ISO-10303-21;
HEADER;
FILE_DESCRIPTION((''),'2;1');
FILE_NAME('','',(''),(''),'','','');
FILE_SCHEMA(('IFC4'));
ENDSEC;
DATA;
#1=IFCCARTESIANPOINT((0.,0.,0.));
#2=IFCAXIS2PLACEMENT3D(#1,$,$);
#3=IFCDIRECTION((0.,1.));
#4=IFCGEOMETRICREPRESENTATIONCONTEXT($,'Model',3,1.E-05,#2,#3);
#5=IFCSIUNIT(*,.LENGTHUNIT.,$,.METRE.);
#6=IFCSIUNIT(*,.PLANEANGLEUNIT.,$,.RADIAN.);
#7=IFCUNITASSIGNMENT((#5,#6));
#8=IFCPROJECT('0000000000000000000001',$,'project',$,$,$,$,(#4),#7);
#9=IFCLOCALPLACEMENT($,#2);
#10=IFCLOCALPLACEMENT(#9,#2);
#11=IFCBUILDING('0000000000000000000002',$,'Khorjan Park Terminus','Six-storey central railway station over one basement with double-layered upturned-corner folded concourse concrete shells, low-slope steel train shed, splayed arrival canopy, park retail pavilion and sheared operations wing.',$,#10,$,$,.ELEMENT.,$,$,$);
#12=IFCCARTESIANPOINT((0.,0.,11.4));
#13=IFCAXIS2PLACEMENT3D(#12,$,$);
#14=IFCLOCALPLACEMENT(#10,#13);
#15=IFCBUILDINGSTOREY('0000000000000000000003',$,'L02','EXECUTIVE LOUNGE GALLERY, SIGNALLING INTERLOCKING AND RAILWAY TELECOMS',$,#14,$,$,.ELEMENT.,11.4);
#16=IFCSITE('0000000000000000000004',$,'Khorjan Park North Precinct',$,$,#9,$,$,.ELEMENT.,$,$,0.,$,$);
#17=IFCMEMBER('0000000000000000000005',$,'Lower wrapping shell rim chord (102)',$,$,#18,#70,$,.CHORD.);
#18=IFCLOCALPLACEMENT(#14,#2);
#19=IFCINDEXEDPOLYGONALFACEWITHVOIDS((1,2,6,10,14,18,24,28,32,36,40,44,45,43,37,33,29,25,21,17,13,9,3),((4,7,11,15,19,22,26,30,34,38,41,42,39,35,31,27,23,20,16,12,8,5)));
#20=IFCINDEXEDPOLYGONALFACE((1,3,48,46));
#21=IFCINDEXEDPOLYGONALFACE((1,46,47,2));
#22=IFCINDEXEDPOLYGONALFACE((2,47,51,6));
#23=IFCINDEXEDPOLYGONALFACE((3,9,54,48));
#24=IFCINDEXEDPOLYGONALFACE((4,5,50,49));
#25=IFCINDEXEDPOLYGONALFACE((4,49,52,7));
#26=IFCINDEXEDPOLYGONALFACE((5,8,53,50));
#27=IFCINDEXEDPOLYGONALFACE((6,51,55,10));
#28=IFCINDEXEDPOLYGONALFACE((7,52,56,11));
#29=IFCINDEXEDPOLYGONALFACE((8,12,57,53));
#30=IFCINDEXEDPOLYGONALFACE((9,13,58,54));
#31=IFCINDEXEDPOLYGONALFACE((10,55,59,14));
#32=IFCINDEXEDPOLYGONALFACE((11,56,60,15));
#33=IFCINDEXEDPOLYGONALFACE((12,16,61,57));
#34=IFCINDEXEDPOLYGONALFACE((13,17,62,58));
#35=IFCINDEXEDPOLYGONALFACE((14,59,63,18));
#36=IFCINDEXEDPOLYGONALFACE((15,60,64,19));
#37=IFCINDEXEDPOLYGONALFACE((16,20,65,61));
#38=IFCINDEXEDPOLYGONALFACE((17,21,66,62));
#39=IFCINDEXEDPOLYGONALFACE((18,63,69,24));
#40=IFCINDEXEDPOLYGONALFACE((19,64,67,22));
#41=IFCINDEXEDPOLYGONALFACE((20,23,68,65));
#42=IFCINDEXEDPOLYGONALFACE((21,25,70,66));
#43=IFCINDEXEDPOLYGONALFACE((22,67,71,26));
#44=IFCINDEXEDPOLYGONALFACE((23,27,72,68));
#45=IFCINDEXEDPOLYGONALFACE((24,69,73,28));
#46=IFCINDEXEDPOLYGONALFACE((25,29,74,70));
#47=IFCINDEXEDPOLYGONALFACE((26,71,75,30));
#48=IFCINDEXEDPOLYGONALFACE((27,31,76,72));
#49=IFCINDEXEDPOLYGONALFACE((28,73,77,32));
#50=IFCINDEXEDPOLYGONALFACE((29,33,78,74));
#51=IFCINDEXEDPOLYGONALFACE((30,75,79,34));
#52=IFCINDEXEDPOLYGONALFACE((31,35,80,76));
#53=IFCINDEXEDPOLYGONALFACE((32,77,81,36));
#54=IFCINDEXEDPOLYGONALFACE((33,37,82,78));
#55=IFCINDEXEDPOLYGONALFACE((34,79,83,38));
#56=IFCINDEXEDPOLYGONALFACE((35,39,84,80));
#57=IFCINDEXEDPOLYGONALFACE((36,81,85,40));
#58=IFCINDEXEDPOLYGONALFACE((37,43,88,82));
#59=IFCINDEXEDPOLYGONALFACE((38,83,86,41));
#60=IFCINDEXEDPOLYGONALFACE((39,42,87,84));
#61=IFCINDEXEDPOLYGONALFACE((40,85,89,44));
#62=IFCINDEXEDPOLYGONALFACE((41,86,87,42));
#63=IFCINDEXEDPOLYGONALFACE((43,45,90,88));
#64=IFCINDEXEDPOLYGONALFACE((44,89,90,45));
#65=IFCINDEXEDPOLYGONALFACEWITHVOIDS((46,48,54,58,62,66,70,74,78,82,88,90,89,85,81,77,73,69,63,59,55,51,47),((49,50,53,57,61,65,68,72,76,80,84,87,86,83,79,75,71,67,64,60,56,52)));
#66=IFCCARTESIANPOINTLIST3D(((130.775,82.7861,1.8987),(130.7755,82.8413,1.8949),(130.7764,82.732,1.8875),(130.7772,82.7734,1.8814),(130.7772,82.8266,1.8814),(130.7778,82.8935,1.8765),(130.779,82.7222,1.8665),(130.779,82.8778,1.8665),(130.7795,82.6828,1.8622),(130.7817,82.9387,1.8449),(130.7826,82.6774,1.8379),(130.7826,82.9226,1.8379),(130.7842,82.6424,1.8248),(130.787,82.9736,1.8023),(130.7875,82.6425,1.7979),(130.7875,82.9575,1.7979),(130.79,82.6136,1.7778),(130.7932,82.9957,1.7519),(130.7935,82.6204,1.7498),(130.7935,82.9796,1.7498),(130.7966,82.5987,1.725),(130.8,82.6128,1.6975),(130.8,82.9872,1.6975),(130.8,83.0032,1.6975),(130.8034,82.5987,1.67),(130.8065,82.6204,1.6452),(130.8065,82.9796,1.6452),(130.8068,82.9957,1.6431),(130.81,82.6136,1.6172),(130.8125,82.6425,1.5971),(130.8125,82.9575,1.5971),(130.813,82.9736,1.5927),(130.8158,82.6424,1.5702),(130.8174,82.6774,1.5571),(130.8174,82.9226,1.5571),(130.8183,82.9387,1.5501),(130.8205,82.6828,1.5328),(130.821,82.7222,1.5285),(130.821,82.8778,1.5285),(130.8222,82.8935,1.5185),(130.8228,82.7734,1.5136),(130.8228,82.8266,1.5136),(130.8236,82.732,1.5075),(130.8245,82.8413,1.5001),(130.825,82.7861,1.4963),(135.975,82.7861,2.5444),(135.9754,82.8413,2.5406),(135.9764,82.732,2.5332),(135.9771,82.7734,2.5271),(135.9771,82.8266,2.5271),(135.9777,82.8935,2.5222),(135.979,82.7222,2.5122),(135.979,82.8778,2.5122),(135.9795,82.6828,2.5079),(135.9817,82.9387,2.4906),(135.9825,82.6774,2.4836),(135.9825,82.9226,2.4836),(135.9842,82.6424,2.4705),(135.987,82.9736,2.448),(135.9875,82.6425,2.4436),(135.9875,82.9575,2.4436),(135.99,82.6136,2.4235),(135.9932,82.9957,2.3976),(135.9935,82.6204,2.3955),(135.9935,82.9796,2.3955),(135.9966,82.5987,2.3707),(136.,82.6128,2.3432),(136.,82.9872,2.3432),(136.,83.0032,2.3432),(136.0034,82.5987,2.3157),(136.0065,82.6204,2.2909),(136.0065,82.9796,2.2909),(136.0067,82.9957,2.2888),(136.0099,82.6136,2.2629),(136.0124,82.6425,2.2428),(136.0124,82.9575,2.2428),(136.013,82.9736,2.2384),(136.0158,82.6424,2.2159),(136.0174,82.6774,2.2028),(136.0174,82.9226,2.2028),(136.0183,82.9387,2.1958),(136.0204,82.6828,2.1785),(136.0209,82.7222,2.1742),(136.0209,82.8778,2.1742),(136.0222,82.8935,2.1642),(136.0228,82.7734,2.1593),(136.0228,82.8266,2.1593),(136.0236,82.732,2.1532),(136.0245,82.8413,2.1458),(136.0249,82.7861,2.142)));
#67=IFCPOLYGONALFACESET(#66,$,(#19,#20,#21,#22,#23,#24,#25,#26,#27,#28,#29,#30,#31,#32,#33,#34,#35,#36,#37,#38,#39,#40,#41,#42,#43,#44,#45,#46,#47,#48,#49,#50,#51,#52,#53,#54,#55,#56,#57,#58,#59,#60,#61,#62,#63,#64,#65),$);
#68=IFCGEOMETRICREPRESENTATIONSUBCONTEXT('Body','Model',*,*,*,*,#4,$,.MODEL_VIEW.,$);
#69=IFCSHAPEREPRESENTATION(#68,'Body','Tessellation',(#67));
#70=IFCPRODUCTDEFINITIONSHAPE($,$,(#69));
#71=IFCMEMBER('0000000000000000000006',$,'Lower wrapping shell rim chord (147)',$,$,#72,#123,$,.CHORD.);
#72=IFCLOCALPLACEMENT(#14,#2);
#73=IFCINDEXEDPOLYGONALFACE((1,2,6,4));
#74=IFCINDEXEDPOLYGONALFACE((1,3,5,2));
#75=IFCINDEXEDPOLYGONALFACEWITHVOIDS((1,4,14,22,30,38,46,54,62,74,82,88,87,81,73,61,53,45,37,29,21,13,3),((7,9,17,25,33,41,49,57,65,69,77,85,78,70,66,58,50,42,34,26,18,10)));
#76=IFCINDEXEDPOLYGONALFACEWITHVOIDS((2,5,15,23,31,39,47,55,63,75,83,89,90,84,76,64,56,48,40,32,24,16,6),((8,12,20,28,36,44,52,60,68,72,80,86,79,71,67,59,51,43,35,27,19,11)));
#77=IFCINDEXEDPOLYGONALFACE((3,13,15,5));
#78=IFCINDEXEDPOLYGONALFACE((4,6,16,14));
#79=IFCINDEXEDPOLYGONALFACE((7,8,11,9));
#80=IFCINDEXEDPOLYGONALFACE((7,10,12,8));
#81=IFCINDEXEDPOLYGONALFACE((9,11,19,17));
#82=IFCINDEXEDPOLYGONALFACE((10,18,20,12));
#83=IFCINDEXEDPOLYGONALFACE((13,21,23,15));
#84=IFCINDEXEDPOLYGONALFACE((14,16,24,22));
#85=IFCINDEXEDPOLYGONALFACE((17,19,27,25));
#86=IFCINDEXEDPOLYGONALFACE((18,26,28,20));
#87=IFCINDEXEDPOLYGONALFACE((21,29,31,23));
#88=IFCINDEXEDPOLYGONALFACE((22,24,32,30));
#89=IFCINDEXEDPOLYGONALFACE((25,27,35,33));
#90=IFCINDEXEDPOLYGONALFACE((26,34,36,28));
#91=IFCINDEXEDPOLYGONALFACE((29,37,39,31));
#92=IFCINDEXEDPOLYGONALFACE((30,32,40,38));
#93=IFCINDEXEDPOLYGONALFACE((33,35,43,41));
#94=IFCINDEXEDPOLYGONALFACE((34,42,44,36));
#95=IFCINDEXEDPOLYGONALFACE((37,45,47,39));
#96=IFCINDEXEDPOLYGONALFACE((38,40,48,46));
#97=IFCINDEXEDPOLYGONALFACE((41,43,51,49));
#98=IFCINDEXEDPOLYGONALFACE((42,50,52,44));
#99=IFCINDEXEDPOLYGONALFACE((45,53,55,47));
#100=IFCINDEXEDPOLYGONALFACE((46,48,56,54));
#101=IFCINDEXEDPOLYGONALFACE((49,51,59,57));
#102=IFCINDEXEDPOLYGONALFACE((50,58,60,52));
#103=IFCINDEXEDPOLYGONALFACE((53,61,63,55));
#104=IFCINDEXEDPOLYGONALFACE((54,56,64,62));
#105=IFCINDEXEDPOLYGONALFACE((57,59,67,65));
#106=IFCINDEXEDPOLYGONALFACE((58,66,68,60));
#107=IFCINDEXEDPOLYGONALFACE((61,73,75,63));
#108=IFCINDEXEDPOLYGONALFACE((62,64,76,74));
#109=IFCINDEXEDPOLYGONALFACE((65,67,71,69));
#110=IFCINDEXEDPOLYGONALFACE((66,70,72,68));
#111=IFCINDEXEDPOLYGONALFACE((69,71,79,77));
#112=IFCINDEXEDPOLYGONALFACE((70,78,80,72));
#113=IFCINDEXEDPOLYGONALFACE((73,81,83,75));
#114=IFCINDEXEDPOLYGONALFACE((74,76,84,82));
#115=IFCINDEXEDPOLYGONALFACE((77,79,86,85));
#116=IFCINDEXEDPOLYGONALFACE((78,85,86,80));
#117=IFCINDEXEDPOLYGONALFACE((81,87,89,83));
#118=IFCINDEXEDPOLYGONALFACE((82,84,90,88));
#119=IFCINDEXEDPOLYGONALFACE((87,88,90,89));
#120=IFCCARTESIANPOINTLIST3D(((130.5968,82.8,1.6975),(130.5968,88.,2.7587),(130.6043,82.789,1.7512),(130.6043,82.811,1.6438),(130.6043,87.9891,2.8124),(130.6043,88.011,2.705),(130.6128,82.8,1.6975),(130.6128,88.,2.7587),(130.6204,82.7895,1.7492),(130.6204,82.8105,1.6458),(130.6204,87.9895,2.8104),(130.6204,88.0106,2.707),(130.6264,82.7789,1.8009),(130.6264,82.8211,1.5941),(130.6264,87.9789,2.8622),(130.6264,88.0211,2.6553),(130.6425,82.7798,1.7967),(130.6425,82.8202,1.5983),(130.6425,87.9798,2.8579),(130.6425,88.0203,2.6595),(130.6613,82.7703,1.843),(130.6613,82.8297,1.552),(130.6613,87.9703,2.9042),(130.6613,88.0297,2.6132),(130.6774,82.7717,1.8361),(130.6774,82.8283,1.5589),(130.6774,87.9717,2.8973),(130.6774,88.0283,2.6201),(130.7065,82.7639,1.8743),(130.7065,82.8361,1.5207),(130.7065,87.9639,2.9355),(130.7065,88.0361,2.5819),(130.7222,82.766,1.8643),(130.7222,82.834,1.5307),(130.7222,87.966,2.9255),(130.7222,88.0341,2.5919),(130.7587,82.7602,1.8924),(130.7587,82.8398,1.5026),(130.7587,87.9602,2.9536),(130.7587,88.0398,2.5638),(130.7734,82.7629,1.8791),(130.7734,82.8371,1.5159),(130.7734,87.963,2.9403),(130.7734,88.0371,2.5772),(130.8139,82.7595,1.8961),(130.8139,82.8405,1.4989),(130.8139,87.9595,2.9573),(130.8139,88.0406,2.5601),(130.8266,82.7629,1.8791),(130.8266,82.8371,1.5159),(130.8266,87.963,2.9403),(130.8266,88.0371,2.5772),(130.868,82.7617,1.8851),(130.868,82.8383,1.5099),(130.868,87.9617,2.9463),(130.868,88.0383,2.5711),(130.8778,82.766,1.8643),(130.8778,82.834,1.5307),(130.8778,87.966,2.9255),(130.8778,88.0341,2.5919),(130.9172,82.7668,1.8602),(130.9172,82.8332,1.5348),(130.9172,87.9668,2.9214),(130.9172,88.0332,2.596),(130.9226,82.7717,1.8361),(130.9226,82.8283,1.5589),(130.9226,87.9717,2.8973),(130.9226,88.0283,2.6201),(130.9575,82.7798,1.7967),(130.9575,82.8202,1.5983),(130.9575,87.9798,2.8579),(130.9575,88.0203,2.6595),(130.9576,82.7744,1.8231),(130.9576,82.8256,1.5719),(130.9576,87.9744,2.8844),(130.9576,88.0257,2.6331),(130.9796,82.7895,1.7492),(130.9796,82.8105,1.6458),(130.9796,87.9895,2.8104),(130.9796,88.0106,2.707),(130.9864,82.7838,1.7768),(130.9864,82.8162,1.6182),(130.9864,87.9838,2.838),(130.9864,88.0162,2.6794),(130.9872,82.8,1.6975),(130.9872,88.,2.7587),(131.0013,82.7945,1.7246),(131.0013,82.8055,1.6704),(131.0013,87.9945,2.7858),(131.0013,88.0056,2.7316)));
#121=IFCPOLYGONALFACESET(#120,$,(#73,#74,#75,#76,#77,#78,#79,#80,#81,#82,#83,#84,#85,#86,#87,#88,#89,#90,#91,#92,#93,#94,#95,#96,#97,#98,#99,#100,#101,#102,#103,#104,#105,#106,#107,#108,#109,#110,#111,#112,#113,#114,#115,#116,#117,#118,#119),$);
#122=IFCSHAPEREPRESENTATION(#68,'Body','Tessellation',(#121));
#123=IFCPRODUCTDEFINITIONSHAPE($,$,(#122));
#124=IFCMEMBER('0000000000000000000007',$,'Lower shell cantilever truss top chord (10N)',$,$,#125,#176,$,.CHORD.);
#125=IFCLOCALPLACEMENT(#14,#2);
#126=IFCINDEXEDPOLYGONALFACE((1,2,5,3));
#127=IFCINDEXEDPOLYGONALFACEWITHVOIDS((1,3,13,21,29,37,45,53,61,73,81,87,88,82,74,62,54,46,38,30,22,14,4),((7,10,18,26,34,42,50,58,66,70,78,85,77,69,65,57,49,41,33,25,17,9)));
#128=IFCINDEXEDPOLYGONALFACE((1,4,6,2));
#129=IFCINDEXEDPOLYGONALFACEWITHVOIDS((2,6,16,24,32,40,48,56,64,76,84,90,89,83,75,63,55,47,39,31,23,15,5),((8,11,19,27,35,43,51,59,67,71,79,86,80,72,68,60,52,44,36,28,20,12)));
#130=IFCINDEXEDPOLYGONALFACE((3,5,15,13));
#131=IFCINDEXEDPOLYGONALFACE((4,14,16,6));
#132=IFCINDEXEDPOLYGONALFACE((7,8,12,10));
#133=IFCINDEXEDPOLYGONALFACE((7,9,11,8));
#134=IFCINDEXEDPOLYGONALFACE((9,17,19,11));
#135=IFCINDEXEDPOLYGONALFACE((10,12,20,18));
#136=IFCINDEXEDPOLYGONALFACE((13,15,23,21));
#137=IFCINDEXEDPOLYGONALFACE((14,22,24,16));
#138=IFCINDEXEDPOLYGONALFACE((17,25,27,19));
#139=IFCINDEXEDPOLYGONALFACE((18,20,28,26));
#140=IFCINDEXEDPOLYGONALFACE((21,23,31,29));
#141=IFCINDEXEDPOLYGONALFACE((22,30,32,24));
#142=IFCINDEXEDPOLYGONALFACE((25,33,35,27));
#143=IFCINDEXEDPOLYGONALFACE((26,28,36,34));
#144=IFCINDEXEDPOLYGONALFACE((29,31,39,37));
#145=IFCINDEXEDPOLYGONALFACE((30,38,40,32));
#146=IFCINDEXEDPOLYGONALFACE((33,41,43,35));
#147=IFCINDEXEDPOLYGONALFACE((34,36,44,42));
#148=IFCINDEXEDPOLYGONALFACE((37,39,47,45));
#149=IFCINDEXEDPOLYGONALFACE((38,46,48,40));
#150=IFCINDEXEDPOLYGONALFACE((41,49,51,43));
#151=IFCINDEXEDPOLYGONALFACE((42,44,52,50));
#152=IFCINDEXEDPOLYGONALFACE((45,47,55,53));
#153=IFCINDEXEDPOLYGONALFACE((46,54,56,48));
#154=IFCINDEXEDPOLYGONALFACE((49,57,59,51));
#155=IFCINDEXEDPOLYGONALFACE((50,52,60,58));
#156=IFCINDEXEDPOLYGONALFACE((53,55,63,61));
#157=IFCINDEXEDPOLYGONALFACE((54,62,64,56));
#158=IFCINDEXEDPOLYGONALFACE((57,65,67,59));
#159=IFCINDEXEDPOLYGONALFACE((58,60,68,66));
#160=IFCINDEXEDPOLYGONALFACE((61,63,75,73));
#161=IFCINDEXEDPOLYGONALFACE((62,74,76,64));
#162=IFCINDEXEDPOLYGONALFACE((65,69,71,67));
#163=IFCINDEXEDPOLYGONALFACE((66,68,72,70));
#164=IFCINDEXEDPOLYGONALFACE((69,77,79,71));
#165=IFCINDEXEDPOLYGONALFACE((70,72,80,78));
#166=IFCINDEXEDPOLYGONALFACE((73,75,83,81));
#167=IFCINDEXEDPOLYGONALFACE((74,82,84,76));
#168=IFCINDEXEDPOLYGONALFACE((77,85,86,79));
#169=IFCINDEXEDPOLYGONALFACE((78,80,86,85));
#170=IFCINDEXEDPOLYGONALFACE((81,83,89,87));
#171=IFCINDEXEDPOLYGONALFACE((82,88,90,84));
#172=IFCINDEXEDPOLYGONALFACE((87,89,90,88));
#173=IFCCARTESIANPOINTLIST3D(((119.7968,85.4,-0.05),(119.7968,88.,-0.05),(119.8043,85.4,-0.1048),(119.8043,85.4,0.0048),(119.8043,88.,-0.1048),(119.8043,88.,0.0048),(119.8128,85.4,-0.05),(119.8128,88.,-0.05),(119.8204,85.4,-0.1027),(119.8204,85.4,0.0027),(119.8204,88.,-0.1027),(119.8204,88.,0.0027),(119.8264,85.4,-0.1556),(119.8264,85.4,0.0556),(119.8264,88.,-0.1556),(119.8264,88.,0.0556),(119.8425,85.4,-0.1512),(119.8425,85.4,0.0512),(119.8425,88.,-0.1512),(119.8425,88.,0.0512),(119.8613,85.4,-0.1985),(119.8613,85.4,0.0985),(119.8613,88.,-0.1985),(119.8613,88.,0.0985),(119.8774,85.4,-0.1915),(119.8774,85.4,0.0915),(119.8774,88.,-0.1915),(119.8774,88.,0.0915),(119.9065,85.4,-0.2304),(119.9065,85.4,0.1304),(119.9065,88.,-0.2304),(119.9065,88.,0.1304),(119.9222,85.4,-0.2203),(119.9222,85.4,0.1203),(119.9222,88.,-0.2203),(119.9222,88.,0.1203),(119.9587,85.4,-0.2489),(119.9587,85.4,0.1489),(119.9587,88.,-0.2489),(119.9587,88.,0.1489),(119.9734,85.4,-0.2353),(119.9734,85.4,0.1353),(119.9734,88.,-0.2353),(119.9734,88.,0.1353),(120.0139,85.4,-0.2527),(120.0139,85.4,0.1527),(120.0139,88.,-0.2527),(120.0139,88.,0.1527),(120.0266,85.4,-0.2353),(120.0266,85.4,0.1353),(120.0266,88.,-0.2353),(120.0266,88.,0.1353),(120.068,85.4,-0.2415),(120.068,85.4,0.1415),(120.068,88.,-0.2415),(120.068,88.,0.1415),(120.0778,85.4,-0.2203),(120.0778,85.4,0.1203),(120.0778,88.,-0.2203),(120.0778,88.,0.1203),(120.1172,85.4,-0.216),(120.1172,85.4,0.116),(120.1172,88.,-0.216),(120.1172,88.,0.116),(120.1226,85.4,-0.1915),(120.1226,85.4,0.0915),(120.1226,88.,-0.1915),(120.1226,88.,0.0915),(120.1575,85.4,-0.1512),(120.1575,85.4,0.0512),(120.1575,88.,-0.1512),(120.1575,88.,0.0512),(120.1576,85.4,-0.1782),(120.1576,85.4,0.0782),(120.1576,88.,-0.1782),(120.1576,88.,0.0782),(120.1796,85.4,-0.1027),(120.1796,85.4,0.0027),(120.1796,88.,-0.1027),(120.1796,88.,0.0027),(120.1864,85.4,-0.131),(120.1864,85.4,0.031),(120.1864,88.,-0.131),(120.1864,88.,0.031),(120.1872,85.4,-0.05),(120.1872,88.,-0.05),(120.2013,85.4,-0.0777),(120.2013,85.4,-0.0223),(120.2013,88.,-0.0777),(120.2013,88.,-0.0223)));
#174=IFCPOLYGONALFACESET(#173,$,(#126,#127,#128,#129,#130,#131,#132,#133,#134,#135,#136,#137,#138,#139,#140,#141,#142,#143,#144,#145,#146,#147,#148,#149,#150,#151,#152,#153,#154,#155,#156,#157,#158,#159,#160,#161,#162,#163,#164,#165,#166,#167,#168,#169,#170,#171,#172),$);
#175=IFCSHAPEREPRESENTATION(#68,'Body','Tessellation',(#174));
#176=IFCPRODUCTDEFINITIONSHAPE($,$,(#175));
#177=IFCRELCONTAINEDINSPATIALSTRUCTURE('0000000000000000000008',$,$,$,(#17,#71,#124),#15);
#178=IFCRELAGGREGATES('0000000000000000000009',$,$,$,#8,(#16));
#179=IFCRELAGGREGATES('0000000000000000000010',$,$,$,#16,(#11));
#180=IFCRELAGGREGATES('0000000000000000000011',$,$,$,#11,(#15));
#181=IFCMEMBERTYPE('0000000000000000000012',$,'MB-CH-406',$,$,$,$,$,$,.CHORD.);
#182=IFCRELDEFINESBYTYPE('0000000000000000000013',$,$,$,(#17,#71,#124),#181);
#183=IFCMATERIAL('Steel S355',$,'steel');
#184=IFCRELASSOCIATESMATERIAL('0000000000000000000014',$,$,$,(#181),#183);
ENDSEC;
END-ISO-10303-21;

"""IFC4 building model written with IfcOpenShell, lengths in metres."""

from ifc_helpers import new_model, si_unit, direction, frame, origin, origin_2d, place, context, subcontext, project, spatial, hollow_circle, extrude, material, material_profile, profile_set, type_object, element, save


model = new_model("IFC4")

# Units and contexts
model_context = context("Model", 3, precision=1e-05, world=origin(), true_north=direction((0.0, 1.0)))
body_context = subcontext(model_context, "Body", "Model", "MODEL_VIEW")
ifc_project = project(units=[si_unit("LENGTHUNIT", "METRE"), si_unit("PLANEANGLEUNIT", "RADIAN")], contexts=[model_context])

# Site, building, storey
site_placement = place(None, origin())
site = spatial("IfcSite", under=ifc_project, at=site_placement, Name="Khorjan Park North Precinct", CompositionType="ELEMENT", RefElevation=0.0)
building_placement = place(site_placement, origin())
building = spatial("IfcBuilding", under=site, at=building_placement, Name="Khorjan Park Terminus", Description="Six-storey central railway station over one basement with double-layered upturned-corner folded concourse concrete shells, low-slope steel train shed, splayed arrival canopy, park retail pavilion and sheared operations wing.", CompositionType="ELEMENT")
storey_placement = place(building_placement, frame((0.0, 0.0, 11.4)))
storey = spatial("IfcBuildingStorey", under=building, at=storey_placement, Name="L02", Description="EXECUTIVE LOUNGE GALLERY, SIGNALLING INTERLOCKING AND RAILWAY TELECOMS", CompositionType="ELEMENT", Elevation=11.4)

# Members
ifc_material_1 = material(Name="Steel S355", Category="steel")
ifc_material_profile_1 = material_profile(ifc_material_1, hollow_circle(Radius=0.2032, WallThickness=0.016, at=origin_2d()), Name="CHS 406.4x16")
ifc_profile_set_1 = profile_set([ifc_material_profile_1], Name="Steel S355")
member_type_1 = type_object("IfcMemberType", Name="MB-CH-406", PredefinedType="CHORD", material=ifc_profile_set_1)
member_1_placement = place(storey_placement, frame((130.8, 82.8, 1.6975), z_axis=(0.992379, 0.0, 0.123227), x_axis=(0.0, 1.0, 0.0)))
element("IfcMember", 1, at=member_1_placement, inside=storey, type_object=member_type_1, Name="Lower wrapping shell rim chord (102)", PredefinedType="CHORD", context=body_context, shape_type="SweptSolid", body=[
    extrude(hollow_circle(Radius=0.2032, WallThickness=0.016, at=origin_2d()), origin(), (0.0, 0.0, 1.0), 5.2399),
])
member_2_placement = place(storey_placement, frame((130.8, 82.8, 1.6975), z_axis=(0.0, 0.979805, 0.199956), x_axis=(-1.0, 0.0, 0.0)))
element("IfcMember", 2, at=member_2_placement, inside=storey, type_object=member_type_1, Name="Lower wrapping shell rim chord (147)", PredefinedType="CHORD", context=body_context, shape_type="SweptSolid", body=[
    extrude(hollow_circle(Radius=0.2032, WallThickness=0.016, at=origin_2d()), origin(), (0.0, 0.0, 1.0), 5.3072),
])
member_3_placement = place(storey_placement, frame((120.0, 85.4, -0.05), z_axis=(0.0, 1.0, 0.0), x_axis=(-1.0, 0.0, 0.0)))
element("IfcMember", 3, at=member_3_placement, inside=storey, type_object=member_type_1, Name="Lower shell cantilever truss top chord (10N)", PredefinedType="CHORD", context=body_context, shape_type="SweptSolid", body=[
    extrude(hollow_circle(Radius=0.2032, WallThickness=0.016, at=origin_2d()), origin(), (0.0, 0.0, 1.0), 2.6),
])

save(model, "model.ifc")
